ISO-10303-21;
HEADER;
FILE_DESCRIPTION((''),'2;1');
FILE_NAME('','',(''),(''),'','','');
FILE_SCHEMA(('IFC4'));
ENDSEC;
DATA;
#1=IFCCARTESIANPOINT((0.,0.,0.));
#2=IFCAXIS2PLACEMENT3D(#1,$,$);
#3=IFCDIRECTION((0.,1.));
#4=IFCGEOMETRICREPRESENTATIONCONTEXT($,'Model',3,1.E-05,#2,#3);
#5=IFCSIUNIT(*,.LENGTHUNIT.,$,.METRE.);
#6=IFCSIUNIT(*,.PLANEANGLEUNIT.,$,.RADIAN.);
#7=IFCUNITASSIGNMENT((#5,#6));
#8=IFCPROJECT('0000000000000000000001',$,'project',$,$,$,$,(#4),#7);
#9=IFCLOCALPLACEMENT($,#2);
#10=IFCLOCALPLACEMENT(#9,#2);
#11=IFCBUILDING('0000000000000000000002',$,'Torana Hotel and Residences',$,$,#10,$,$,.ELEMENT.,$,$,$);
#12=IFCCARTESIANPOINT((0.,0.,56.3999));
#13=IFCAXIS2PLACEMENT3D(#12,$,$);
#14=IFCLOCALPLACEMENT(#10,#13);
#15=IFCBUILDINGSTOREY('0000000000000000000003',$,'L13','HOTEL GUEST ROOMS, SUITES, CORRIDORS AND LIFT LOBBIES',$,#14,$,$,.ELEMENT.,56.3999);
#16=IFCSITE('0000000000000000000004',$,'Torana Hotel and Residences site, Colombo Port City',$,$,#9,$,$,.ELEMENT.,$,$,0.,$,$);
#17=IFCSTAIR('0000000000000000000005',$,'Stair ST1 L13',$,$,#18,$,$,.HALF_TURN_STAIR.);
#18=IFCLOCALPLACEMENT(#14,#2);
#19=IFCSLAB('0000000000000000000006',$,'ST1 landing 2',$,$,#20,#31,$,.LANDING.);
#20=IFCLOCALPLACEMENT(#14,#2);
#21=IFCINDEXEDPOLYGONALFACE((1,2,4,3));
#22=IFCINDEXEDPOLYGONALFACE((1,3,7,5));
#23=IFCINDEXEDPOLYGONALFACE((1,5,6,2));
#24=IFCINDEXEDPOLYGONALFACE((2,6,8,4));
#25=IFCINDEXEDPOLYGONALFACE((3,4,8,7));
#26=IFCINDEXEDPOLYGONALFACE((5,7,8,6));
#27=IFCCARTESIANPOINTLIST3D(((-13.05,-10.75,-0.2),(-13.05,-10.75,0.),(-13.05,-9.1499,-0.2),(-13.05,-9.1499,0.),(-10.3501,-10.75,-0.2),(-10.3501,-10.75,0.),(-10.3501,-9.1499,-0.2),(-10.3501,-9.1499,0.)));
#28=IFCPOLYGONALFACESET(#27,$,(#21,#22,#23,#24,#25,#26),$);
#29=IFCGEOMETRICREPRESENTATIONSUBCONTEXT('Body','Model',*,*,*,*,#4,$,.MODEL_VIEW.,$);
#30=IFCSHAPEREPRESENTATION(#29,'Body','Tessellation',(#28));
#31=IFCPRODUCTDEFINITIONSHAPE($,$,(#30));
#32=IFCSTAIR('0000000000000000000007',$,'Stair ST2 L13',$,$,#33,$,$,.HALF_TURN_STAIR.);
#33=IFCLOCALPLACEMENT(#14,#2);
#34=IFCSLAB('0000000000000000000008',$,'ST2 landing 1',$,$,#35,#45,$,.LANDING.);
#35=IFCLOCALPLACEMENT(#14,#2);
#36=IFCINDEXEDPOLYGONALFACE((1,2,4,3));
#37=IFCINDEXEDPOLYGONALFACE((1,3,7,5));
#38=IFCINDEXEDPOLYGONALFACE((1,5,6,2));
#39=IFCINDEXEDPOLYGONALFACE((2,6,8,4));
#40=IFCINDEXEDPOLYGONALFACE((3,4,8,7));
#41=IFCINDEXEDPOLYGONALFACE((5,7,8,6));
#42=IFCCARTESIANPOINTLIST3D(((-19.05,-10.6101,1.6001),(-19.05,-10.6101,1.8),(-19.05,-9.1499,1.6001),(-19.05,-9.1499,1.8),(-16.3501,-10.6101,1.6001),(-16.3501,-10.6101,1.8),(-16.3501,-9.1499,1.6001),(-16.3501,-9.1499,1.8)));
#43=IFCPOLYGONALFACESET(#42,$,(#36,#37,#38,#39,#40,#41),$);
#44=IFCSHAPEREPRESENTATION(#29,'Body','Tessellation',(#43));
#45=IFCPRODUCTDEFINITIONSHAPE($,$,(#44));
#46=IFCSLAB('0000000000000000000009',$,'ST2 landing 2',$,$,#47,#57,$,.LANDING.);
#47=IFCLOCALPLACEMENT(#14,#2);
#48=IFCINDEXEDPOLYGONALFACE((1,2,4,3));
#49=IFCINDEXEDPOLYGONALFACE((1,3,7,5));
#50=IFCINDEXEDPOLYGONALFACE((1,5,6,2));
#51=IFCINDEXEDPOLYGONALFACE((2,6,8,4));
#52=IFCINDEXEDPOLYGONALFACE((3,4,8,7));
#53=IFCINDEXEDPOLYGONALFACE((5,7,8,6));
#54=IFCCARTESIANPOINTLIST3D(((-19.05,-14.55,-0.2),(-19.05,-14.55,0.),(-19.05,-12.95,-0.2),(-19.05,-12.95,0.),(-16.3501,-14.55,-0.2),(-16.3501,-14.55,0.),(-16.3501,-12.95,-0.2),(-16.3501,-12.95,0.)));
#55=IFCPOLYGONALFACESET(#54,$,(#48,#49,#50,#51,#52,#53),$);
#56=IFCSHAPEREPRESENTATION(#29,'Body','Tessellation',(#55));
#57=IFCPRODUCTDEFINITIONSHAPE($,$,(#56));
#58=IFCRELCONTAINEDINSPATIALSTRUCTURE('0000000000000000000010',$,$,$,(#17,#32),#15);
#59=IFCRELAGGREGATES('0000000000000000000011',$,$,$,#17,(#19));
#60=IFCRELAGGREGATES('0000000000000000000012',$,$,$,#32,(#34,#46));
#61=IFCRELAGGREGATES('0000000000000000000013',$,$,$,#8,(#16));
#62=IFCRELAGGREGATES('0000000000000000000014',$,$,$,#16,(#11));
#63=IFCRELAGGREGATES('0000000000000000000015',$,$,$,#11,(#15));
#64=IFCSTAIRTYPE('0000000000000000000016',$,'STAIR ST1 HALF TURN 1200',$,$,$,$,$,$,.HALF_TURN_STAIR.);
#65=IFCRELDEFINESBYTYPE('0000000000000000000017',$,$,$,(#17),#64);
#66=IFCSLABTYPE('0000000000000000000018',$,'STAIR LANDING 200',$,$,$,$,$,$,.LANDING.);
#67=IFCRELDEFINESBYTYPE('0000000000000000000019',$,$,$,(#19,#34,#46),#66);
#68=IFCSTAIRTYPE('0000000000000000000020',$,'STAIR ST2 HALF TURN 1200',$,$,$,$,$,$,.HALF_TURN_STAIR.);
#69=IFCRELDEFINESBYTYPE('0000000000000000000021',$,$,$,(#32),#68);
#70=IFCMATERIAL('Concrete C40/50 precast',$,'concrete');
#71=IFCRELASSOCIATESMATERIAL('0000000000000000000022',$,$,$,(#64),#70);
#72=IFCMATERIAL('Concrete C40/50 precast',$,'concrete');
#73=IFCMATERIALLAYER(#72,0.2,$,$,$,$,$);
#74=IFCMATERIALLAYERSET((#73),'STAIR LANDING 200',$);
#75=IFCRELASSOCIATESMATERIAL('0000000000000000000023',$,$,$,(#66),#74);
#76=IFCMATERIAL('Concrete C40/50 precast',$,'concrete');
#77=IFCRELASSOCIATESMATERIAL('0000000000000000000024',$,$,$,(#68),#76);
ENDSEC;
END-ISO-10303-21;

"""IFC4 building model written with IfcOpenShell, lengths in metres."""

from ifc_helpers import new_model, si_unit, direction, frame, origin, place, context, subcontext, project, spatial, polyline, outline, extrude, material, layer, layer_set, type_object, element, aggregate, save


model = new_model("IFC4")

# Units and contexts
model_context = context("Model", 3, precision=1e-05, world=origin(), true_north=direction((0.0, 1.0)))
body_context = subcontext(model_context, "Body", "Model", "MODEL_VIEW")
ifc_project = project(units=[si_unit("LENGTHUNIT", "METRE"), si_unit("PLANEANGLEUNIT", "RADIAN")], contexts=[model_context])

# Site, building, storey
site_placement = place(None, origin())
site = spatial("IfcSite", under=ifc_project, at=site_placement, Name="Torana Hotel and Residences site, Colombo Port City", CompositionType="ELEMENT", RefElevation=0.0)
building_placement = place(site_placement, origin())
building = spatial("IfcBuilding", under=site, at=building_placement, Name="Torana Hotel and Residences", CompositionType="ELEMENT")
storey_placement = place(building_placement, frame((0.0, 0.0, 56.3999)))
storey = spatial("IfcBuildingStorey", under=building, at=storey_placement, Name="L13", Description="HOTEL GUEST ROOMS, SUITES, CORRIDORS AND LIFT LOBBIES", CompositionType="ELEMENT", Elevation=56.3999)

# Stairs, slabs
ifc_material_1 = material(Name="Concrete C40/50 precast", Category="concrete")
stair_type_1 = type_object("IfcStairType", Name="STAIR ST1 HALF TURN 1200", PredefinedType="HALF_TURN_STAIR", material=ifc_material_1)
stair_1_placement = place(storey_placement, origin())
stair_1 = element("IfcStair", 1, at=stair_1_placement, inside=storey, type_object=stair_type_1, Name="Stair ST1 L13", PredefinedType="HALF_TURN_STAIR")
ifc_material_2 = material(Name="Concrete C40/50 precast", Category="concrete")
ifc_layer_1 = layer(ifc_material_2, 0.2)
ifc_layer_set_1 = layer_set([ifc_layer_1], Name="STAIR LANDING 200")
slab_type_1 = type_object("IfcSlabType", Name="STAIR LANDING 200", PredefinedType="LANDING", material=ifc_layer_set_1)
slab_1_placement = place(storey_placement, frame((0.0, 0.0, -0.2)))
slab_1 = element("IfcSlab", 2, at=slab_1_placement, type_object=slab_type_1, Name="ST1 landing 2", PredefinedType="LANDING", context=body_context, shape_type="SweptSolid", body=[
    extrude(outline(polyline([(-13.05, -10.75), (-10.3501, -10.75), (-10.3501, -9.1499), (-13.05, -9.1499), (-13.05, -10.75)])), origin(), (0.0, 0.0, 1.0), 0.2),
])
aggregate(stair_1, [slab_1])
ifc_material_3 = material(Name="Concrete C40/50 precast", Category="concrete")
stair_type_2 = type_object("IfcStairType", Name="STAIR ST2 HALF TURN 1200", PredefinedType="HALF_TURN_STAIR", material=ifc_material_3)
stair_2_placement = place(storey_placement, origin())
stair_2 = element("IfcStair", 3, at=stair_2_placement, inside=storey, type_object=stair_type_2, Name="Stair ST2 L13", PredefinedType="HALF_TURN_STAIR")
slab_2_placement = place(storey_placement, frame((0.0, 0.0, 1.6001)))
slab_2 = element("IfcSlab", 4, at=slab_2_placement, type_object=slab_type_1, Name="ST2 landing 1", PredefinedType="LANDING", context=body_context, shape_type="SweptSolid", body=[
    extrude(outline(polyline([(-19.05, -10.6101), (-16.3501, -10.6101), (-16.3501, -9.1499), (-19.05, -9.1499), (-19.05, -10.6101)])), origin(), (0.0, 0.0, 1.0), 0.2),
])
slab_3_placement = place(storey_placement, frame((0.0, 0.0, -0.2)))
slab_3 = element("IfcSlab", 5, at=slab_3_placement, type_object=slab_type_1, Name="ST2 landing 2", PredefinedType="LANDING", context=body_context, shape_type="SweptSolid", body=[
    extrude(outline(polyline([(-19.05, -14.55), (-16.3501, -14.55), (-16.3501, -12.95), (-19.05, -12.95), (-19.05, -14.55)])), origin(), (0.0, 0.0, 1.0), 0.2),
])
aggregate(stair_2, [slab_2, slab_3])

save(model, "model.ifc")
